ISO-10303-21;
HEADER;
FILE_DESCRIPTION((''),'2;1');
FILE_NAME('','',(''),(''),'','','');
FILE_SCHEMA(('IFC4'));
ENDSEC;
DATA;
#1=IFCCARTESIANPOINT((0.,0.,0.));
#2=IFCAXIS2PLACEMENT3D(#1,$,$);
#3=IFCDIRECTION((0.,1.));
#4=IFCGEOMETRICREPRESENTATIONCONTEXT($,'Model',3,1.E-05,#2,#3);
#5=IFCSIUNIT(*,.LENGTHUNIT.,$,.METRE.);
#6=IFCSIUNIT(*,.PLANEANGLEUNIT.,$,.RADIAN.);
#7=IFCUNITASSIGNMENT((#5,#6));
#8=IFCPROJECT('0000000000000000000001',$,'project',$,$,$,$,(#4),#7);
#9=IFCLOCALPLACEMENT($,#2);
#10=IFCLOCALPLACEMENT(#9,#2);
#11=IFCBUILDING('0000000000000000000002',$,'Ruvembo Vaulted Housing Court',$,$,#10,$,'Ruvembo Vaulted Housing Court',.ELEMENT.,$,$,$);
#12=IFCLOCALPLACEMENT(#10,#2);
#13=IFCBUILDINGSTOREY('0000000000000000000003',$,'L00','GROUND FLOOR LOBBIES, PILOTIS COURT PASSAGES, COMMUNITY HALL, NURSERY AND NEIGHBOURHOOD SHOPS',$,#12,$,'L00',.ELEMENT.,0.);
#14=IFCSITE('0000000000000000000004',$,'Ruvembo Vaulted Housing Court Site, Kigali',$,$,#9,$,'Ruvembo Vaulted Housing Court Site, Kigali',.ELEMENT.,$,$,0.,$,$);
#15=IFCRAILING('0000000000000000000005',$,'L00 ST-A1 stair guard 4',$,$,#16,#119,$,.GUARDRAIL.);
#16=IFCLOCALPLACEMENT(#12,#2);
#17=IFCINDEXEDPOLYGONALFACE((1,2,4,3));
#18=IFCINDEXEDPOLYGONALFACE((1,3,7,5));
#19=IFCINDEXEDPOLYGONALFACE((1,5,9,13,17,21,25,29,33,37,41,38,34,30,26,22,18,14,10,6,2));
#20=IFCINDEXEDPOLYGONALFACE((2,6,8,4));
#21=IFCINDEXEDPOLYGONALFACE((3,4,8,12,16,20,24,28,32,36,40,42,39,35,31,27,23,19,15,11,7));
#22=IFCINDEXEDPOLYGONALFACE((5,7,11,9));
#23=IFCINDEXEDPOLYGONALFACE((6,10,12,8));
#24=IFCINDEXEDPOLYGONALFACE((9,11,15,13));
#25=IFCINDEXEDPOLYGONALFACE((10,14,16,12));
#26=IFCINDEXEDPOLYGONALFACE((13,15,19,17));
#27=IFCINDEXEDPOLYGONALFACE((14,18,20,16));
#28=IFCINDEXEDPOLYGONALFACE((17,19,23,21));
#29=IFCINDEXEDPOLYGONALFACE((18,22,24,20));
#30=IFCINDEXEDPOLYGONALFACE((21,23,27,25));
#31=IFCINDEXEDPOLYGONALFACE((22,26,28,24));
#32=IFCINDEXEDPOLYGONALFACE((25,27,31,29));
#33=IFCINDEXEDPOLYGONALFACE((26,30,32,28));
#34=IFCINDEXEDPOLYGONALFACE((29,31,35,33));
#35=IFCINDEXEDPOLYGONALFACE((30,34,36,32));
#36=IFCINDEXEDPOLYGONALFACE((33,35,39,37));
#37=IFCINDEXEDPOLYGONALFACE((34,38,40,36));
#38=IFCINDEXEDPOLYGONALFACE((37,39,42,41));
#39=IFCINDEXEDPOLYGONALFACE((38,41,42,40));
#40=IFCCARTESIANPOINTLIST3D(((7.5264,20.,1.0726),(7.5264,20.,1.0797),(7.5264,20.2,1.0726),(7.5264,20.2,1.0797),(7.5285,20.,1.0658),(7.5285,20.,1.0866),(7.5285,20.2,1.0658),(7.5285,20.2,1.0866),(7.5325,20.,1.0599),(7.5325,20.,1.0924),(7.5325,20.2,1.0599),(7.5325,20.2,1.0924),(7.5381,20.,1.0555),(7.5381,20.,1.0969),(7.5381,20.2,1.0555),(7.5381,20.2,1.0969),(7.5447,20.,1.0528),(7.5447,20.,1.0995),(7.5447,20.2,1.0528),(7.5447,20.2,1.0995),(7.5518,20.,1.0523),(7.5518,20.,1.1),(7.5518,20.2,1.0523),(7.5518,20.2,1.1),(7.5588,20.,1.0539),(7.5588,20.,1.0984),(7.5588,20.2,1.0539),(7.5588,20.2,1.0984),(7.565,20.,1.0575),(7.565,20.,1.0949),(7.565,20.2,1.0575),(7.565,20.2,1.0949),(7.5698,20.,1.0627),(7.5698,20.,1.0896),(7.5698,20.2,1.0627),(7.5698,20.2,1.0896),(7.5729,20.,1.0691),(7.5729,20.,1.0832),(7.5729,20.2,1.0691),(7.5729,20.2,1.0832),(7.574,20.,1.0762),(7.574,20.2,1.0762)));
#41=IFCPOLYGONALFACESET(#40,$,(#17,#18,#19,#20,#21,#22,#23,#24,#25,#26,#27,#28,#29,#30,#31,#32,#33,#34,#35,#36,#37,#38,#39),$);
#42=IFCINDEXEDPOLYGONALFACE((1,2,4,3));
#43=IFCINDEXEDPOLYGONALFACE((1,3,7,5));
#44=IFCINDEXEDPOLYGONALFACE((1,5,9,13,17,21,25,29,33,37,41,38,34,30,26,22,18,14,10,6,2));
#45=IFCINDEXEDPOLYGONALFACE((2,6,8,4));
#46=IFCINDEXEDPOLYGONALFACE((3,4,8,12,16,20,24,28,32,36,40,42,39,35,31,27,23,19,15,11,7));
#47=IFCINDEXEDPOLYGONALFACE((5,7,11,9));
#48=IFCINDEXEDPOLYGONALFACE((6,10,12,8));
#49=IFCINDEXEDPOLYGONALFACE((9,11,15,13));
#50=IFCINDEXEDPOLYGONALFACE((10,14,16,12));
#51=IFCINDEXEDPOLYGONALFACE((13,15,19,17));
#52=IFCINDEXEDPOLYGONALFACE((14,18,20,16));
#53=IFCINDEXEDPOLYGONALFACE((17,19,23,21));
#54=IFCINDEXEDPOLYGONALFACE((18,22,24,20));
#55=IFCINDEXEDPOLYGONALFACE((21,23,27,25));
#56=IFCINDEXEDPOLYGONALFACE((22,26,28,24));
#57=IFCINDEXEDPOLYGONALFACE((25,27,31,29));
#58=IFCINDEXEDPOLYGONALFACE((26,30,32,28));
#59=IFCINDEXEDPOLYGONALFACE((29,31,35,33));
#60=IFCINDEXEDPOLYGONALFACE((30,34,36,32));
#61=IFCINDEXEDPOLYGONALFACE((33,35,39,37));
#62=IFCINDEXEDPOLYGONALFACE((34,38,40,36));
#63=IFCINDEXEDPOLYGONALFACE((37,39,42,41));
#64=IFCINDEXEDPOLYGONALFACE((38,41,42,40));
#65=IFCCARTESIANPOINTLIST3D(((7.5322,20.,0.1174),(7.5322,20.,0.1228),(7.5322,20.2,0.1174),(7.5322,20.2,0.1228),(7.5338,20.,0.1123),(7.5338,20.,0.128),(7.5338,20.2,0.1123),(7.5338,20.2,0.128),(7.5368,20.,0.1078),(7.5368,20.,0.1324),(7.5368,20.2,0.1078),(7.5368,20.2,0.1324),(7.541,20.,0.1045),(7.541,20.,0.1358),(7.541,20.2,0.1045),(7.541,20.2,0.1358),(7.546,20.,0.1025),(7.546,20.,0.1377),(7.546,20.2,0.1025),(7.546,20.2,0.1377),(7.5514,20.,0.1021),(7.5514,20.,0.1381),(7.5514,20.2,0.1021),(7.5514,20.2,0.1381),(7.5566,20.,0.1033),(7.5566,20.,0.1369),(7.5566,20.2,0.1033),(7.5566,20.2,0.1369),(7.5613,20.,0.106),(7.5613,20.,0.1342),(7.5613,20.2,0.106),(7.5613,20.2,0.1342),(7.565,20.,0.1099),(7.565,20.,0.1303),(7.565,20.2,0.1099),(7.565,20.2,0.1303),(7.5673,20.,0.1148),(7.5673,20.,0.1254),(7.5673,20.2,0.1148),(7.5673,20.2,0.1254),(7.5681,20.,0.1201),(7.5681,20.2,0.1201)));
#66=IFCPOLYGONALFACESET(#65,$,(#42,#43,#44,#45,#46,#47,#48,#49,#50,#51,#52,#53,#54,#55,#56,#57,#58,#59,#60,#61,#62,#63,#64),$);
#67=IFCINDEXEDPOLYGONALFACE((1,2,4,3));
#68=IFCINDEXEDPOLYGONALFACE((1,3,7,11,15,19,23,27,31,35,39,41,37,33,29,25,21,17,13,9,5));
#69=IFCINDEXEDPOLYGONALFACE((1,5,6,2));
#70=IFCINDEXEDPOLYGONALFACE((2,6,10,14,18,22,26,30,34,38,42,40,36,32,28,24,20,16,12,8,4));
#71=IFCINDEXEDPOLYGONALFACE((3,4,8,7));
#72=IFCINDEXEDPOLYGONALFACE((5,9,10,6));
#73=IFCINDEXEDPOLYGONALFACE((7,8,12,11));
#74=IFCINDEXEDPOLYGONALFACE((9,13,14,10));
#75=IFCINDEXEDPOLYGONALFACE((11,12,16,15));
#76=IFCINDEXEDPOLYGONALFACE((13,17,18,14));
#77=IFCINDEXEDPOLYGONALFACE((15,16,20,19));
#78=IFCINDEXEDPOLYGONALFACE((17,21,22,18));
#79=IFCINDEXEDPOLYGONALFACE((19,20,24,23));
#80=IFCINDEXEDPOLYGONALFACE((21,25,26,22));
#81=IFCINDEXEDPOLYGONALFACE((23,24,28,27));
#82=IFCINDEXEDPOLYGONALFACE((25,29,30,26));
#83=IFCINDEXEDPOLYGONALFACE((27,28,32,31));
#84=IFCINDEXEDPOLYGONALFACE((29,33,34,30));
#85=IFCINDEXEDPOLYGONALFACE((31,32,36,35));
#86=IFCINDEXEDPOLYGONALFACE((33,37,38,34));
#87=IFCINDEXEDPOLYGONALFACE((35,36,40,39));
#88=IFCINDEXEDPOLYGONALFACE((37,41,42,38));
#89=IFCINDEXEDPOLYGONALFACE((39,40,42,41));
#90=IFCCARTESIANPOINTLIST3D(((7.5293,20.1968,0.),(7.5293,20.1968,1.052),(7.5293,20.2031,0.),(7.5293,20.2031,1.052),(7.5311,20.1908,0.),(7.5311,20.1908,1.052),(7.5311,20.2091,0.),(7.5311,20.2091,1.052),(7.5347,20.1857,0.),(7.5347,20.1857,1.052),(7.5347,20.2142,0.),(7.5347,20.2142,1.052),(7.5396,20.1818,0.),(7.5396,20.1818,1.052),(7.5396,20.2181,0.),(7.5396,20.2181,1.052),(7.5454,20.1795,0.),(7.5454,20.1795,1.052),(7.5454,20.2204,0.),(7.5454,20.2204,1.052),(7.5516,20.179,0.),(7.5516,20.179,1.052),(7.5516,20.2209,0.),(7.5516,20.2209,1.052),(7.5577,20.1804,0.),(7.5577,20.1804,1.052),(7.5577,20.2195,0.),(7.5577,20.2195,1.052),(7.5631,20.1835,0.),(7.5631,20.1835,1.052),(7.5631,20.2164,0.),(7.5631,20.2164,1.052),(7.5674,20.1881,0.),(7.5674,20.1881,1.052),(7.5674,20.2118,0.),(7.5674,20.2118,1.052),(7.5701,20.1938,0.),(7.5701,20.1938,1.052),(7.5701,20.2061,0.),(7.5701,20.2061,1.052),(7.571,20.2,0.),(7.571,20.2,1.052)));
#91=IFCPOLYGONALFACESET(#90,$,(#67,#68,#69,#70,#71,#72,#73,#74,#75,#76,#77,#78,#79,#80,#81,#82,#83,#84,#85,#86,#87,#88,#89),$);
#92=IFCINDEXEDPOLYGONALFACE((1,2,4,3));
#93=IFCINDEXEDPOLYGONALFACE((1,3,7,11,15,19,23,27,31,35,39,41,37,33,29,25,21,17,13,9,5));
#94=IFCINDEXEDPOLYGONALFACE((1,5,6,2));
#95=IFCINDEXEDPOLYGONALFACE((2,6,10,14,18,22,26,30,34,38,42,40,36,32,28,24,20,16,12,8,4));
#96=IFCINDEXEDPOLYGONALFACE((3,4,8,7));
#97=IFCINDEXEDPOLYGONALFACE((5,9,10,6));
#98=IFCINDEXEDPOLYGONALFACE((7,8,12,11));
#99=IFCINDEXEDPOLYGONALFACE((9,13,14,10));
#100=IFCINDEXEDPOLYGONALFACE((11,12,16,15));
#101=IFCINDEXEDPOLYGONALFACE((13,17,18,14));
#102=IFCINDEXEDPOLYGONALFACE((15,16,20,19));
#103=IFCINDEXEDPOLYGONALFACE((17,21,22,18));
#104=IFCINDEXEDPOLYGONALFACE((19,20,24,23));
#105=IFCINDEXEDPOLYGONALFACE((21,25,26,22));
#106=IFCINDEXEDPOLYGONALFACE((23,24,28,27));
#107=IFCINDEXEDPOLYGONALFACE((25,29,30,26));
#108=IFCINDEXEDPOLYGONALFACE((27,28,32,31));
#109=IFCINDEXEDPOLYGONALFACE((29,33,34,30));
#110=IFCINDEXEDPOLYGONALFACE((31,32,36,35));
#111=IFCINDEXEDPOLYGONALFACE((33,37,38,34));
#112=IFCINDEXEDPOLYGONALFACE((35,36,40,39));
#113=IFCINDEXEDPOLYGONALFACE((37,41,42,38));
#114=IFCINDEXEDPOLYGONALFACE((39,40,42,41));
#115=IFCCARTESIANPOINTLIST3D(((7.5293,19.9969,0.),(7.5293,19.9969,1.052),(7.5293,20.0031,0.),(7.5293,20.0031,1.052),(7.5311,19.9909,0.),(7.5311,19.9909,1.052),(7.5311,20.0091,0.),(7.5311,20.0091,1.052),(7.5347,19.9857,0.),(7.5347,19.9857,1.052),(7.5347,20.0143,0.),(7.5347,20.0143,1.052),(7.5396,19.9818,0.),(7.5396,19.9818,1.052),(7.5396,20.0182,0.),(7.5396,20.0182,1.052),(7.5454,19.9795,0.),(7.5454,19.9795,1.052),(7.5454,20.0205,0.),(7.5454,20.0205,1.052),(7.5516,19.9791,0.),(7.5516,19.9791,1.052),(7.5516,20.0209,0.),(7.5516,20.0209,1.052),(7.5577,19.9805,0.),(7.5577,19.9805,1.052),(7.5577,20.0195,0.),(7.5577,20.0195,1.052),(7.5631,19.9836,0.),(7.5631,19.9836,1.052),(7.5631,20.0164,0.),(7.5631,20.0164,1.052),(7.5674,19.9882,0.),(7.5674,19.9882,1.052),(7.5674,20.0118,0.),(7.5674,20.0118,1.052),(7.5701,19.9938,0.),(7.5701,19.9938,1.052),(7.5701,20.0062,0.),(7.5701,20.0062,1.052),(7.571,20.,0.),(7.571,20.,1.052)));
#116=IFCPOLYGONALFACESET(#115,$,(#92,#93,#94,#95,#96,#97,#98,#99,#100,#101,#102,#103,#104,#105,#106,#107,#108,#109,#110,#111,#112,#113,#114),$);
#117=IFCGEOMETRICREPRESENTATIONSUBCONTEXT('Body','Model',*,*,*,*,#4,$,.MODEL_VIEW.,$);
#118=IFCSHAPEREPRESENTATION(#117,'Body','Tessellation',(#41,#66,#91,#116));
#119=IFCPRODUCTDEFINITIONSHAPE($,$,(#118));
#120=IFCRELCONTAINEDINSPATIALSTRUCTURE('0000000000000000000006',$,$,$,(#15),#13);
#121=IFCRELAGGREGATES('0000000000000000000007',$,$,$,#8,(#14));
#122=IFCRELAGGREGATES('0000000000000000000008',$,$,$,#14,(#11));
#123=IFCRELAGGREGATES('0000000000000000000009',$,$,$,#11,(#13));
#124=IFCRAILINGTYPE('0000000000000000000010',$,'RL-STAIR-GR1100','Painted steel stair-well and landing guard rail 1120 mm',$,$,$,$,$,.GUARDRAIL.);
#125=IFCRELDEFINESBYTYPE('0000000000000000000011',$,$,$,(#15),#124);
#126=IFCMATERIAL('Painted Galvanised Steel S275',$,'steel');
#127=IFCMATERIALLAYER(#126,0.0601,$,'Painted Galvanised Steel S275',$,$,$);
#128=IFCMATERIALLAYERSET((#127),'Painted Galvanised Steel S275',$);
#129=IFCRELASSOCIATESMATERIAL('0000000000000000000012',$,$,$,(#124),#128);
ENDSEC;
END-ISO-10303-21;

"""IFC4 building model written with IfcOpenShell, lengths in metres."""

from ifc_helpers import new_model, si_unit, direction, frame, origin, origin_2d, place, context, subcontext, project, spatial, circle, extrude, material, layer, layer_set, type_object, element, save


model = new_model("IFC4")

# Units and contexts
model_context = context("Model", 3, precision=1e-05, world=origin(), true_north=direction((0.0, 1.0)))
body_context = subcontext(model_context, "Body", "Model", "MODEL_VIEW")
ifc_project = project(units=[si_unit("LENGTHUNIT", "METRE"), si_unit("PLANEANGLEUNIT", "RADIAN")], contexts=[model_context])

# Site, building, storey
site_placement = place(None, origin())
site = spatial("IfcSite", under=ifc_project, at=site_placement, Name="Ruvembo Vaulted Housing Court Site, Kigali", LongName="Ruvembo Vaulted Housing Court Site, Kigali", CompositionType="ELEMENT", RefElevation=0.0)
building_placement = place(site_placement, origin())
building = spatial("IfcBuilding", under=site, at=building_placement, Name="Ruvembo Vaulted Housing Court", LongName="Ruvembo Vaulted Housing Court", CompositionType="ELEMENT")
storey_placement = place(building_placement, origin())
storey = spatial("IfcBuildingStorey", under=building, at=storey_placement, Name="L00", Description="GROUND FLOOR LOBBIES, PILOTIS COURT PASSAGES, COMMUNITY HALL, NURSERY AND NEIGHBOURHOOD SHOPS", LongName="L00", CompositionType="ELEMENT", Elevation=0.0)

# Railing
ifc_material_1 = material(Name="Painted Galvanised Steel S275", Category="steel")
ifc_layer_1 = layer(ifc_material_1, 0.0601, Name="Painted Galvanised Steel S275")
ifc_layer_set_1 = layer_set([ifc_layer_1], Name="Painted Galvanised Steel S275")
railing_type_1 = type_object("IfcRailingType", Name="RL-STAIR-GR1100", Description="Painted steel stair-well and landing guard rail 1120 mm", PredefinedType="GUARDRAIL", material=ifc_layer_set_1)
railing_1_placement = place(storey_placement, frame((7.55, 20.2, 0.0)))
element("IfcRailing", 1, at=railing_1_placement, inside=storey, type_object=railing_type_1, Name="L00 ST-A1 stair guard 4", PredefinedType="GUARDRAIL", context=body_context, shape_type="SweptSolid", body=[
    extrude(circle(Radius=0.0239, at=origin_2d()), frame((0.0, 0.0, 1.0762), z_axis=(0.0, -1.0, 0.0), x_axis=(1.0, 0.0, 0.0)), (0.0, 0.0, 1.0), 0.2),
    extrude(circle(Radius=0.0181, at=origin_2d()), frame((0.0, 0.0, 0.1201), z_axis=(0.0, -1.0, 0.0), x_axis=(1.0, 0.0, 0.0)), (0.0, 0.0, 1.0), 0.2),
    extrude(circle(Radius=0.021, at=origin_2d()), origin(), (0.0, 0.0, 1.0), 1.052),
    extrude(circle(Radius=0.021, at=origin_2d()), frame((0.0, -0.2, 0.0)), (0.0, 0.0, 1.0), 1.052),
])

save(model, "model.ifc")
